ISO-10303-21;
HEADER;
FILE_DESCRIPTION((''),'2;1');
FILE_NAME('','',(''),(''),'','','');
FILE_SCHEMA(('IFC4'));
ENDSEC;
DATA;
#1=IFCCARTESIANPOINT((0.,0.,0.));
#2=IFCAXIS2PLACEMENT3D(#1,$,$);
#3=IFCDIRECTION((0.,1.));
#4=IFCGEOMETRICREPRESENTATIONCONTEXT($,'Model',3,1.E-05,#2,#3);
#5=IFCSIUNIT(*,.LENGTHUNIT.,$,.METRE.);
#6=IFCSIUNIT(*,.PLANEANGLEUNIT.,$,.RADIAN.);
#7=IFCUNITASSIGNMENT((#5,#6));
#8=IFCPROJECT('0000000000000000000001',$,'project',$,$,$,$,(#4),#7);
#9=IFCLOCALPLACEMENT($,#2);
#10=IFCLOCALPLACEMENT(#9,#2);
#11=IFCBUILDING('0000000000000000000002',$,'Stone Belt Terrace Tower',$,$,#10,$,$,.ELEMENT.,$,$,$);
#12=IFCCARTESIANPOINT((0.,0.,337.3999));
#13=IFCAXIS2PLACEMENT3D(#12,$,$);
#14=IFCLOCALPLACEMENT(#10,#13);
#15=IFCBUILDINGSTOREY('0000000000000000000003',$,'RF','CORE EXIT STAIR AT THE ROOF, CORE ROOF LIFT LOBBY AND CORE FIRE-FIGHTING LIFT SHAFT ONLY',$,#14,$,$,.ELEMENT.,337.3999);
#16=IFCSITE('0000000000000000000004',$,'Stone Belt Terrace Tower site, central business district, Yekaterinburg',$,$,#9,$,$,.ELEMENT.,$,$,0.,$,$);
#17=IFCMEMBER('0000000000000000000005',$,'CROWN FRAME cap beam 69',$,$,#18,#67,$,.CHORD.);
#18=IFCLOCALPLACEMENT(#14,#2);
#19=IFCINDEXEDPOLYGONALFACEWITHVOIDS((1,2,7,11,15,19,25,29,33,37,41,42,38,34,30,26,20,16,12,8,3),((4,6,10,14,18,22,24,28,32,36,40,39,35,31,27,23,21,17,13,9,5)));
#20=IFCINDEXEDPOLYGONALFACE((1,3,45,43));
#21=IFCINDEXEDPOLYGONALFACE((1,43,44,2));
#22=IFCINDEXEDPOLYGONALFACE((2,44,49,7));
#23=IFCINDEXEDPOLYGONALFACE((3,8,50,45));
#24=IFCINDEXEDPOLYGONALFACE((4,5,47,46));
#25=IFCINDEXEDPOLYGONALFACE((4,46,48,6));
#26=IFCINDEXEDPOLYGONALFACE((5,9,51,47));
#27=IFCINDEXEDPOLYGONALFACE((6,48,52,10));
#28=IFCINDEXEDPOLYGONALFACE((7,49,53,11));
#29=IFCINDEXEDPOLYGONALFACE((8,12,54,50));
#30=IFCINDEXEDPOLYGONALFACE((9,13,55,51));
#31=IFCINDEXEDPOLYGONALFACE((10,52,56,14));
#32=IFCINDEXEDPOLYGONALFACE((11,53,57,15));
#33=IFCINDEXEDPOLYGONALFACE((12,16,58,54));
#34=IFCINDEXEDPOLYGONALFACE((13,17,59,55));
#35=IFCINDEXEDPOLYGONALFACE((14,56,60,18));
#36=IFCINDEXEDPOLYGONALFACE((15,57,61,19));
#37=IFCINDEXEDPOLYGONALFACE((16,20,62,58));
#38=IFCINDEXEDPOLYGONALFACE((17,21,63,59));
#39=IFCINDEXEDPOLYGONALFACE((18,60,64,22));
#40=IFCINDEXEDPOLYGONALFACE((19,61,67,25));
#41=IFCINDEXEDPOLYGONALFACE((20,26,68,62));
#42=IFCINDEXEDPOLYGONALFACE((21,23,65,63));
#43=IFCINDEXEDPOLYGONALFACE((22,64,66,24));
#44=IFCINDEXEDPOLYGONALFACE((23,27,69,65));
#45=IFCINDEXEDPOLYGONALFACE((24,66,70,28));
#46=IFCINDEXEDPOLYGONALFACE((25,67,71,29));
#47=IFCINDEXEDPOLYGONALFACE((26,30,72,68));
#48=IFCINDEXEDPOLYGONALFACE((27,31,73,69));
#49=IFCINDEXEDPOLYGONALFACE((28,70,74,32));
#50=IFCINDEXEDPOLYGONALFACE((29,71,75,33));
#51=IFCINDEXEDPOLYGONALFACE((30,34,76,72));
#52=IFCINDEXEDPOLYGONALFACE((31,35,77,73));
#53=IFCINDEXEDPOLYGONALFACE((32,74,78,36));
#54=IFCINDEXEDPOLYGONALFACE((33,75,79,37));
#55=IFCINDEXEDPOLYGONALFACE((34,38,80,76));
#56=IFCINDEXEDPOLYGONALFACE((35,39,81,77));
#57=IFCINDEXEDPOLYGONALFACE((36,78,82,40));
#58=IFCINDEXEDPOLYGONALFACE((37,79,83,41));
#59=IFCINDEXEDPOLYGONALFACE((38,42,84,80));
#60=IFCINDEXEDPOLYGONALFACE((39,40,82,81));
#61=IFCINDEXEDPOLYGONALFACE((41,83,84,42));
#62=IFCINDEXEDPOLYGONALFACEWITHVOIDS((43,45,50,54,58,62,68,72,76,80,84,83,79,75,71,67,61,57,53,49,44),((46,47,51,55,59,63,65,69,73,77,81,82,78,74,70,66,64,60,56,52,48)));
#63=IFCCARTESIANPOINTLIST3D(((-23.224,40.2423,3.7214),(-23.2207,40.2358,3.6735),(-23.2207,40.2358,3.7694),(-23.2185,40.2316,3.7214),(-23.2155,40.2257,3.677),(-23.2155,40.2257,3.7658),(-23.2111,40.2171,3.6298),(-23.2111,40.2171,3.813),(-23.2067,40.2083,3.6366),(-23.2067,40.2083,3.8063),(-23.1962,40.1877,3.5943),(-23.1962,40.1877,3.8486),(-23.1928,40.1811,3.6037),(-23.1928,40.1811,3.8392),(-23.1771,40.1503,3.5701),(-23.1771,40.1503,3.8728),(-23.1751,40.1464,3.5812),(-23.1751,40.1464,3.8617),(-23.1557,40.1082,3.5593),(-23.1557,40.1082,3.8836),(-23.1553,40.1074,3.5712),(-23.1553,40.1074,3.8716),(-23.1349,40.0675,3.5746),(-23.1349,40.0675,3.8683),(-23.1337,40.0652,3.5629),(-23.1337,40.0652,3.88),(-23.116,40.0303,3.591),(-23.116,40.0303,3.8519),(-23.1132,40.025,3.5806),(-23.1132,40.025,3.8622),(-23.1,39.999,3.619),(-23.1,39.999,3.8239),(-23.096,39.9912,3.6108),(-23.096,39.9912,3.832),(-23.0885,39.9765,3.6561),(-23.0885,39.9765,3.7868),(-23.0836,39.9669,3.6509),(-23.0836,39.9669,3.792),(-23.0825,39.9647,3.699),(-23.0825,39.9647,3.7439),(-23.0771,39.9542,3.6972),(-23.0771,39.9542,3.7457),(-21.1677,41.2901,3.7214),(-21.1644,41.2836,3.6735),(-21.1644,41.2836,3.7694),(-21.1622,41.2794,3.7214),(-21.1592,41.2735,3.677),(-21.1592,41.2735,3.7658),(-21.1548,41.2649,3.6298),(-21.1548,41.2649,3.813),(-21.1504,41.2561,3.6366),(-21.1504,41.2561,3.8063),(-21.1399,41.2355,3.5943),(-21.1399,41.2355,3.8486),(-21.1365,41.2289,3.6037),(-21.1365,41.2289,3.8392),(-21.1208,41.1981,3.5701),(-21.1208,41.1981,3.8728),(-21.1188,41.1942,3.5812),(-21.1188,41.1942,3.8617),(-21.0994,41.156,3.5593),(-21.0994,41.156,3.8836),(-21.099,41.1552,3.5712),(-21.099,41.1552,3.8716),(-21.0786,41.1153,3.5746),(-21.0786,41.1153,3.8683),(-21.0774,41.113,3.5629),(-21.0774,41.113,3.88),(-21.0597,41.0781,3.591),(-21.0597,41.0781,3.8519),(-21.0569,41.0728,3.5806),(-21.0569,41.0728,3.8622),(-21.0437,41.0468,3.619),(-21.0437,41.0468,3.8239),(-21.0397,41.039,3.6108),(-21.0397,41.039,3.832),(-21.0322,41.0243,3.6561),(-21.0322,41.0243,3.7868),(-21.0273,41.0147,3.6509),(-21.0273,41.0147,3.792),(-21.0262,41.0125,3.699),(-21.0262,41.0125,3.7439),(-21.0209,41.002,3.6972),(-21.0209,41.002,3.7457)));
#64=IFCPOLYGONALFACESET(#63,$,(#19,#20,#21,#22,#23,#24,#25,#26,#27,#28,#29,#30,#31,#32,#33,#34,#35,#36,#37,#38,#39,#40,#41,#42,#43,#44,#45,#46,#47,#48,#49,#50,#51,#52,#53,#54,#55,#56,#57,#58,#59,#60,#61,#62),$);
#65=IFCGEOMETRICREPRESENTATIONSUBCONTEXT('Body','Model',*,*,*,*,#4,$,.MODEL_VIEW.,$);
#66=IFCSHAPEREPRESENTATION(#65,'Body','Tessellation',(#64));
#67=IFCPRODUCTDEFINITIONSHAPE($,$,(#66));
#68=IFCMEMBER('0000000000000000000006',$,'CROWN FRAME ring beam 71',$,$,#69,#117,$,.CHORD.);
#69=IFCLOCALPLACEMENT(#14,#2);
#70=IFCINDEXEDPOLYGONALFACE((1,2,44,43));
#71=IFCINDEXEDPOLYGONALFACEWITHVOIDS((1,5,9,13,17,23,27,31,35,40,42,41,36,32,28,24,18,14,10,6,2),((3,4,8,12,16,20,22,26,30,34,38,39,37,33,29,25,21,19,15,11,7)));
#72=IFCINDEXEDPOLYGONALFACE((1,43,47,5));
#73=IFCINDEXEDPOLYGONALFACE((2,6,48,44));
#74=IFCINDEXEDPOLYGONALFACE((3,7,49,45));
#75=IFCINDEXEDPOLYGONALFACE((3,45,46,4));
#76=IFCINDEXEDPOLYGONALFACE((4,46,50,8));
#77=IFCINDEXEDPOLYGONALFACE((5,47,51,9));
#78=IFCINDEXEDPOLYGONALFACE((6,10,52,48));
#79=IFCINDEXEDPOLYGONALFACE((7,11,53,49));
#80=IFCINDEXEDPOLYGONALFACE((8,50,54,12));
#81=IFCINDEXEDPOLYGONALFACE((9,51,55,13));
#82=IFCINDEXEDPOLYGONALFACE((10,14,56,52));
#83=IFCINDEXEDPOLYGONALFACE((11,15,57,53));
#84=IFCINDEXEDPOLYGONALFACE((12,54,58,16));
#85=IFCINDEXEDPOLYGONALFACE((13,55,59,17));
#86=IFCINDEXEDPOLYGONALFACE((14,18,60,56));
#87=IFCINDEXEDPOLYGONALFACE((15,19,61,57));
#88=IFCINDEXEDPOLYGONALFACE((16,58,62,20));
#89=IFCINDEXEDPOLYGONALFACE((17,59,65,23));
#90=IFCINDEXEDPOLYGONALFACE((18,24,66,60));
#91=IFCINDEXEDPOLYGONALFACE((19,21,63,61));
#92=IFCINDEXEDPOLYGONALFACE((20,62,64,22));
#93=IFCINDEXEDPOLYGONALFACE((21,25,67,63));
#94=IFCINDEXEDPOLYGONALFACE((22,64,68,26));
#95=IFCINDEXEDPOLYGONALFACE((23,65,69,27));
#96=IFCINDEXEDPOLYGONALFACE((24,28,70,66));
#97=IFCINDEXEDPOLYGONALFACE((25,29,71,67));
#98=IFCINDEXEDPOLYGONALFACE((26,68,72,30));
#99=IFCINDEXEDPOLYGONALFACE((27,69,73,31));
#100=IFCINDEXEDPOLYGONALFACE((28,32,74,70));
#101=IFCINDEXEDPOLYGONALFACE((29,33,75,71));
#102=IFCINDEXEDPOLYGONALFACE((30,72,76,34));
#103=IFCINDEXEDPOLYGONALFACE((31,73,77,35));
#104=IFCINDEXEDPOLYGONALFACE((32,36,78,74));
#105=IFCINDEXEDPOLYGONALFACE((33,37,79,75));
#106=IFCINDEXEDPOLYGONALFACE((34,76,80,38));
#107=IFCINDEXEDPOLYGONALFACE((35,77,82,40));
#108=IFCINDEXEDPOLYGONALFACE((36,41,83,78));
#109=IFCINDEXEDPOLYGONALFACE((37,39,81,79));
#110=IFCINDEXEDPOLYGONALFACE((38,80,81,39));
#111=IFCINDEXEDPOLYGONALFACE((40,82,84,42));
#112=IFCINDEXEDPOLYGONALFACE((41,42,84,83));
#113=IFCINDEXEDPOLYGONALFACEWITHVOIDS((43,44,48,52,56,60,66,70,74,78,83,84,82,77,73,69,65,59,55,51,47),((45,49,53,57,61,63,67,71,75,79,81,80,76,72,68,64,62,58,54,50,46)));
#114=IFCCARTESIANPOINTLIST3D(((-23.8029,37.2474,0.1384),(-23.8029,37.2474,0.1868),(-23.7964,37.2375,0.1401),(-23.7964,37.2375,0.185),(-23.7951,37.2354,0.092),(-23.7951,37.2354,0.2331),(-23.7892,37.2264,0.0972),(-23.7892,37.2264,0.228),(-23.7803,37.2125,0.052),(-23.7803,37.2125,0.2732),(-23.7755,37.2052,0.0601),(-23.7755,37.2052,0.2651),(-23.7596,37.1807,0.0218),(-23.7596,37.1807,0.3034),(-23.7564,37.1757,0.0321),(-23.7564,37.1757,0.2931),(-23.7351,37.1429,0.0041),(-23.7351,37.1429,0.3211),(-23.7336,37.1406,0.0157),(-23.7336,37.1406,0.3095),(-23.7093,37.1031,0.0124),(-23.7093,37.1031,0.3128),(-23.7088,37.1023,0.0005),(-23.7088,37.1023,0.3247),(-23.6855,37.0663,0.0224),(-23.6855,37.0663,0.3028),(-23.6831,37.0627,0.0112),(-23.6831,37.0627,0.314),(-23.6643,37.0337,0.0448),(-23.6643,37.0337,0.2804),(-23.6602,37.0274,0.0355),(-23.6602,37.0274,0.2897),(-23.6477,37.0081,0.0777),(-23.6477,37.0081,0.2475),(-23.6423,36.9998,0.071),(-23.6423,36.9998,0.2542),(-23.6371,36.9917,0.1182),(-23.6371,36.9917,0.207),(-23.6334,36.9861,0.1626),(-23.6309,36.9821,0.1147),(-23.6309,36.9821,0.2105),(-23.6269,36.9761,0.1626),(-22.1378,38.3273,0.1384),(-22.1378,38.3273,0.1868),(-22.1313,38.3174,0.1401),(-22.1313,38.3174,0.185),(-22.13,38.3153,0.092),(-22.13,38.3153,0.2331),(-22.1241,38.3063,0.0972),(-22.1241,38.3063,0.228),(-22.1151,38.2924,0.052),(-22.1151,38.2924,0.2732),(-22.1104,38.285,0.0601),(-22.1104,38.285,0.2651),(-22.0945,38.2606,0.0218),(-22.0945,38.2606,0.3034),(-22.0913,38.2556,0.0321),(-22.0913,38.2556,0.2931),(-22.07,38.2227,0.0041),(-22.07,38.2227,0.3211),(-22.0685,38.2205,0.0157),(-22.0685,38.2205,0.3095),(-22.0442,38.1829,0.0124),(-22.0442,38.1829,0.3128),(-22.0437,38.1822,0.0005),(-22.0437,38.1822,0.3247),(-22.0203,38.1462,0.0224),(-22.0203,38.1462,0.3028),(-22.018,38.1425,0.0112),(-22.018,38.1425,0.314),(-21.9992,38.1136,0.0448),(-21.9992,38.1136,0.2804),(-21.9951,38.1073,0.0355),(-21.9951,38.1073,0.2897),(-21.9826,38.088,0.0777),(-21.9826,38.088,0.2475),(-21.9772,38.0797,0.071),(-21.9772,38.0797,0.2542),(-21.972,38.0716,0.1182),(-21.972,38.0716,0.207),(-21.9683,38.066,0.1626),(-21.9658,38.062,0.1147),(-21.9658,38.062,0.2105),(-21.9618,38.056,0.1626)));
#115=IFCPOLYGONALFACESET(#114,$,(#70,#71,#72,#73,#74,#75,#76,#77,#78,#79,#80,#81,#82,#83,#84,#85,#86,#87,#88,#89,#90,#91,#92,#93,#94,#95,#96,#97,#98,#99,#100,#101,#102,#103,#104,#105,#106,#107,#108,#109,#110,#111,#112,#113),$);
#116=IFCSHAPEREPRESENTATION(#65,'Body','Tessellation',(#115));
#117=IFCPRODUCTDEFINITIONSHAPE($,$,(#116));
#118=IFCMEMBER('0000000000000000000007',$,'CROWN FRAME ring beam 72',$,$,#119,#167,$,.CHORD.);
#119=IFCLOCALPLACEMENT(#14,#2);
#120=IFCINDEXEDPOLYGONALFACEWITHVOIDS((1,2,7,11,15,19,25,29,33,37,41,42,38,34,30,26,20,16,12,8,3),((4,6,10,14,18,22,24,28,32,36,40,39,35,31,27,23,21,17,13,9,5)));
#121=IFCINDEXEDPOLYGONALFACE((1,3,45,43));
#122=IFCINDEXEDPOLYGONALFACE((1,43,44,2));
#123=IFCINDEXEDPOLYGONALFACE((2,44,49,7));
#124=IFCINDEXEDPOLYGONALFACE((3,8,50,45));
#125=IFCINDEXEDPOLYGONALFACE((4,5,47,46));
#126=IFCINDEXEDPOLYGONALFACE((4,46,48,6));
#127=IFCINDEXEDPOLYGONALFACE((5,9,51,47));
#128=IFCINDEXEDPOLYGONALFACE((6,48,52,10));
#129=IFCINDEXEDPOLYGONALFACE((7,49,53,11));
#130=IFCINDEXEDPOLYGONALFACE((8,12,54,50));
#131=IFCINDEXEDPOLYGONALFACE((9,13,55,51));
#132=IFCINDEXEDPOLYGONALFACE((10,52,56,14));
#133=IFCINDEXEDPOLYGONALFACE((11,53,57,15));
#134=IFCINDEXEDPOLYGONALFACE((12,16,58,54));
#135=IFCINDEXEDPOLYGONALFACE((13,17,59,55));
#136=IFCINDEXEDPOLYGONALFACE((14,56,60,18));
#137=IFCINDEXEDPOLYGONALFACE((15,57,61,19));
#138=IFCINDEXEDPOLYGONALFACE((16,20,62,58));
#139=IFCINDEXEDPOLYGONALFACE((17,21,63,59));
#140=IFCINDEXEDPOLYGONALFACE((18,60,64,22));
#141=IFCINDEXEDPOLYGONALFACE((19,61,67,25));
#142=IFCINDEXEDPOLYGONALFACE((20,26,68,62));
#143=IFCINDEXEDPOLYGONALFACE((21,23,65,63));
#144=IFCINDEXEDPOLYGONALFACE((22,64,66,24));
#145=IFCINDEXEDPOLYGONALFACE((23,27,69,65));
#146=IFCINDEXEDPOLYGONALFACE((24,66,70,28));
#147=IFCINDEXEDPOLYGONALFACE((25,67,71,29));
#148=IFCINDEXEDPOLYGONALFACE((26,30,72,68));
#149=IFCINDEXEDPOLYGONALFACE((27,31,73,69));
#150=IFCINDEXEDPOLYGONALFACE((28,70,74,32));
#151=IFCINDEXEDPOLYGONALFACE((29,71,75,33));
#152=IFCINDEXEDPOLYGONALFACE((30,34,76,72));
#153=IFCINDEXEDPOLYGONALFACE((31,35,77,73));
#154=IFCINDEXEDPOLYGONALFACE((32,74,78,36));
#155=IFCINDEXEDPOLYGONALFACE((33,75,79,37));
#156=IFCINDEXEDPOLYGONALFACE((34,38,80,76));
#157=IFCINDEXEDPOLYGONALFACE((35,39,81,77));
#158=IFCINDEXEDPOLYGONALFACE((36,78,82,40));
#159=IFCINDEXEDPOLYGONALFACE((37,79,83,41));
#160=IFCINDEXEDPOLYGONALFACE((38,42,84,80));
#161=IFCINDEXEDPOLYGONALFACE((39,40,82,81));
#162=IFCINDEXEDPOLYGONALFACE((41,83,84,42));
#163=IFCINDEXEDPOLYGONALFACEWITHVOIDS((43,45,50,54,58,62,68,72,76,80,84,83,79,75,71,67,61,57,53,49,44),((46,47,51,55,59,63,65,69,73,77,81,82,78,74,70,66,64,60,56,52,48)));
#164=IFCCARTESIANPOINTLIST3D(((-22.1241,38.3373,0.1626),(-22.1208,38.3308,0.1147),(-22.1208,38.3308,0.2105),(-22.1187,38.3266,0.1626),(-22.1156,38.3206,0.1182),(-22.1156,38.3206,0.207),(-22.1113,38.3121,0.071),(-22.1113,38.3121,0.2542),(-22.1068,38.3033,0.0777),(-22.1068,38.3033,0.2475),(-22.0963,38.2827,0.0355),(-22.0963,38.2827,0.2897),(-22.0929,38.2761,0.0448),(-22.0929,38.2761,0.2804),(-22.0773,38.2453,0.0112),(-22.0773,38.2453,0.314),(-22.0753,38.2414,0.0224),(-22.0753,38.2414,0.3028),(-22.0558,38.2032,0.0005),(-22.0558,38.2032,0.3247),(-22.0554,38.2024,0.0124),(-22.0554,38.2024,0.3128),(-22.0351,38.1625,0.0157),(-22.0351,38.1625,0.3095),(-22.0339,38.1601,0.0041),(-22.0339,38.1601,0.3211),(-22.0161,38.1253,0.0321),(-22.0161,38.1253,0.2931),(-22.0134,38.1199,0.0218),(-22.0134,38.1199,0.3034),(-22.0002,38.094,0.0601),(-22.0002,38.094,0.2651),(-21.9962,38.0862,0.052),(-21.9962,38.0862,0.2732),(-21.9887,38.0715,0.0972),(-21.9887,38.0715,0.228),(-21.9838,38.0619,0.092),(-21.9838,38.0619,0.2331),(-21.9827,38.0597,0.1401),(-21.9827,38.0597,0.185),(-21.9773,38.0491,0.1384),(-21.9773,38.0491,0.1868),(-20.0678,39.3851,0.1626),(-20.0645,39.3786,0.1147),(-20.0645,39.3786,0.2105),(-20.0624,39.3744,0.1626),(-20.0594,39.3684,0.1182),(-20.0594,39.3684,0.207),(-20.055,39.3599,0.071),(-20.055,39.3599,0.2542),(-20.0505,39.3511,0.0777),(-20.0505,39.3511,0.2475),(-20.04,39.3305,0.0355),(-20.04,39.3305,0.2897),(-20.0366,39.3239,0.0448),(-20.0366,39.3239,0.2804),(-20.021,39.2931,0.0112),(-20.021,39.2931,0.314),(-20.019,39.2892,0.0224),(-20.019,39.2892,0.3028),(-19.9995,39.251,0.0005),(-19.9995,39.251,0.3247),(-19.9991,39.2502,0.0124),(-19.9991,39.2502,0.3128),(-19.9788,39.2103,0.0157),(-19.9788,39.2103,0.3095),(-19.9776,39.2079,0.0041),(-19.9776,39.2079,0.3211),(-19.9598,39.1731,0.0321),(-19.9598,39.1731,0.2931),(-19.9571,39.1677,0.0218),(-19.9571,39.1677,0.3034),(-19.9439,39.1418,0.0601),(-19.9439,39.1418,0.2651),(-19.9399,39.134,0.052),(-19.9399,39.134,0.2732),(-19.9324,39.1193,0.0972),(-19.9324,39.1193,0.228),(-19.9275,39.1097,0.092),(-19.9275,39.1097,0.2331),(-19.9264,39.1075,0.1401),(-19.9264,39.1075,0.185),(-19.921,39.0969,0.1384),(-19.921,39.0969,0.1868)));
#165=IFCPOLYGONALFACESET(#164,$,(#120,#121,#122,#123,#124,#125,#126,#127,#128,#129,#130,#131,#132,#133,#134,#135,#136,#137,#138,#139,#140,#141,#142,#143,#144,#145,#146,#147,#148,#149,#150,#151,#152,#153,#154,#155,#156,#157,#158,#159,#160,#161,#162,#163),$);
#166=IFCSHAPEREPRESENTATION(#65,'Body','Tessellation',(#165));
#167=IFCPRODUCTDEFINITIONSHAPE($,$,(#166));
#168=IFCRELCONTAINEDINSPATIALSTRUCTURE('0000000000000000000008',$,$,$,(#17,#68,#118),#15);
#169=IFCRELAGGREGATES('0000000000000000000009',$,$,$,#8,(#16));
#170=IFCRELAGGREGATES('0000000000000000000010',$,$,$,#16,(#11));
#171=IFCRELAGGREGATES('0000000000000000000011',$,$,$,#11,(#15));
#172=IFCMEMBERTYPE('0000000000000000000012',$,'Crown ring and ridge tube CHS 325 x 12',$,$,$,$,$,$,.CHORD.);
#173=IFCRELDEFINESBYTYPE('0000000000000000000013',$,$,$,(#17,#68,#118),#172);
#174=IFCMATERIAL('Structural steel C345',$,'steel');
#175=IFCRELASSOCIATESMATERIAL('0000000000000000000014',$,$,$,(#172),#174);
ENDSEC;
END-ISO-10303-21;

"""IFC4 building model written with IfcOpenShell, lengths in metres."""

from ifc_helpers import new_model, si_unit, direction, frame, origin, origin_2d, place, context, subcontext, project, spatial, hollow_circle, extrude, material, material_profile, profile_set, type_object, element, save


model = new_model("IFC4")

# Units and contexts
model_context = context("Model", 3, precision=1e-05, world=origin(), true_north=direction((0.0, 1.0)))
body_context = subcontext(model_context, "Body", "Model", "MODEL_VIEW")
ifc_project = project(units=[si_unit("LENGTHUNIT", "METRE"), si_unit("PLANEANGLEUNIT", "RADIAN")], contexts=[model_context])

# Site, building, storey
site_placement = place(None, origin())
site = spatial("IfcSite", under=ifc_project, at=site_placement, Name="Stone Belt Terrace Tower site, central business district, Yekaterinburg", CompositionType="ELEMENT", RefElevation=0.0)
building_placement = place(site_placement, origin())
building = spatial("IfcBuilding", under=site, at=building_placement, Name="Stone Belt Terrace Tower", CompositionType="ELEMENT")
storey_placement = place(building_placement, frame((0.0, 0.0, 337.3999)))
storey = spatial("IfcBuildingStorey", under=building, at=storey_placement, Name="RF", Description="CORE EXIT STAIR AT THE ROOF, CORE ROOF LIFT LOBBY AND CORE FIRE-FIGHTING LIFT SHAFT ONLY", CompositionType="ELEMENT", Elevation=337.3999)

# Members
ifc_material_1 = material(Name="Structural steel C345", Category="steel")
ifc_material_profile_1 = material_profile(ifc_material_1, hollow_circle(Radius=0.1626, WallThickness=0.012, at=origin_2d()), Name="Structural steel C345 CHS 325x12")
ifc_profile_set_1 = profile_set([ifc_material_profile_1], Name="Structural steel C345")
member_type_1 = type_object("IfcMemberType", Name="Crown ring and ridge tube CHS 325 x 12", PredefinedType="CHORD", material=ifc_profile_set_1)
member_1_placement = place(storey_placement, frame((-23.1501, 40.0974, 3.7214), z_axis=(0.890995, 0.454013, 0.0), x_axis=(-0.454013, 0.890995, 0.0)))
element("IfcMember", 1, at=member_1_placement, inside=storey, type_object=member_type_1, Name="CROWN FRAME cap beam 69", PredefinedType="CHORD", context=body_context, shape_type="SweptSolid", body=[
    extrude(hollow_circle(Radius=0.1626, WallThickness=0.012, at=origin_2d()), origin(), (0.0, 0.0, 1.0), 2.3079),
])
member_2_placement = place(storey_placement, frame((-22.0503, 38.1924, 0.1626), z_axis=(-0.839005, -0.544123, 0.0), x_axis=(0.544123, -0.839005, 0.0)))
element("IfcMember", 2, at=member_2_placement, inside=storey, type_object=member_type_1, Name="CROWN FRAME ring beam 71", PredefinedType="CHORD", context=body_context, shape_type="SweptSolid", body=[
    extrude(hollow_circle(Radius=0.1626, WallThickness=0.012, at=origin_2d()), origin(), (0.0, 0.0, 1.0), 1.9846),
])
member_3_placement = place(storey_placement, frame((-22.0503, 38.1924, 0.1626), z_axis=(0.890995, 0.454013, 0.0), x_axis=(-0.454013, 0.890995, 0.0)))
element("IfcMember", 3, at=member_3_placement, inside=storey, type_object=member_type_1, Name="CROWN FRAME ring beam 72", PredefinedType="CHORD", context=body_context, shape_type="SweptSolid", body=[
    extrude(hollow_circle(Radius=0.1626, WallThickness=0.012, at=origin_2d()), origin(), (0.0, 0.0, 1.0), 2.3079),
])

save(model, "model.ifc")
